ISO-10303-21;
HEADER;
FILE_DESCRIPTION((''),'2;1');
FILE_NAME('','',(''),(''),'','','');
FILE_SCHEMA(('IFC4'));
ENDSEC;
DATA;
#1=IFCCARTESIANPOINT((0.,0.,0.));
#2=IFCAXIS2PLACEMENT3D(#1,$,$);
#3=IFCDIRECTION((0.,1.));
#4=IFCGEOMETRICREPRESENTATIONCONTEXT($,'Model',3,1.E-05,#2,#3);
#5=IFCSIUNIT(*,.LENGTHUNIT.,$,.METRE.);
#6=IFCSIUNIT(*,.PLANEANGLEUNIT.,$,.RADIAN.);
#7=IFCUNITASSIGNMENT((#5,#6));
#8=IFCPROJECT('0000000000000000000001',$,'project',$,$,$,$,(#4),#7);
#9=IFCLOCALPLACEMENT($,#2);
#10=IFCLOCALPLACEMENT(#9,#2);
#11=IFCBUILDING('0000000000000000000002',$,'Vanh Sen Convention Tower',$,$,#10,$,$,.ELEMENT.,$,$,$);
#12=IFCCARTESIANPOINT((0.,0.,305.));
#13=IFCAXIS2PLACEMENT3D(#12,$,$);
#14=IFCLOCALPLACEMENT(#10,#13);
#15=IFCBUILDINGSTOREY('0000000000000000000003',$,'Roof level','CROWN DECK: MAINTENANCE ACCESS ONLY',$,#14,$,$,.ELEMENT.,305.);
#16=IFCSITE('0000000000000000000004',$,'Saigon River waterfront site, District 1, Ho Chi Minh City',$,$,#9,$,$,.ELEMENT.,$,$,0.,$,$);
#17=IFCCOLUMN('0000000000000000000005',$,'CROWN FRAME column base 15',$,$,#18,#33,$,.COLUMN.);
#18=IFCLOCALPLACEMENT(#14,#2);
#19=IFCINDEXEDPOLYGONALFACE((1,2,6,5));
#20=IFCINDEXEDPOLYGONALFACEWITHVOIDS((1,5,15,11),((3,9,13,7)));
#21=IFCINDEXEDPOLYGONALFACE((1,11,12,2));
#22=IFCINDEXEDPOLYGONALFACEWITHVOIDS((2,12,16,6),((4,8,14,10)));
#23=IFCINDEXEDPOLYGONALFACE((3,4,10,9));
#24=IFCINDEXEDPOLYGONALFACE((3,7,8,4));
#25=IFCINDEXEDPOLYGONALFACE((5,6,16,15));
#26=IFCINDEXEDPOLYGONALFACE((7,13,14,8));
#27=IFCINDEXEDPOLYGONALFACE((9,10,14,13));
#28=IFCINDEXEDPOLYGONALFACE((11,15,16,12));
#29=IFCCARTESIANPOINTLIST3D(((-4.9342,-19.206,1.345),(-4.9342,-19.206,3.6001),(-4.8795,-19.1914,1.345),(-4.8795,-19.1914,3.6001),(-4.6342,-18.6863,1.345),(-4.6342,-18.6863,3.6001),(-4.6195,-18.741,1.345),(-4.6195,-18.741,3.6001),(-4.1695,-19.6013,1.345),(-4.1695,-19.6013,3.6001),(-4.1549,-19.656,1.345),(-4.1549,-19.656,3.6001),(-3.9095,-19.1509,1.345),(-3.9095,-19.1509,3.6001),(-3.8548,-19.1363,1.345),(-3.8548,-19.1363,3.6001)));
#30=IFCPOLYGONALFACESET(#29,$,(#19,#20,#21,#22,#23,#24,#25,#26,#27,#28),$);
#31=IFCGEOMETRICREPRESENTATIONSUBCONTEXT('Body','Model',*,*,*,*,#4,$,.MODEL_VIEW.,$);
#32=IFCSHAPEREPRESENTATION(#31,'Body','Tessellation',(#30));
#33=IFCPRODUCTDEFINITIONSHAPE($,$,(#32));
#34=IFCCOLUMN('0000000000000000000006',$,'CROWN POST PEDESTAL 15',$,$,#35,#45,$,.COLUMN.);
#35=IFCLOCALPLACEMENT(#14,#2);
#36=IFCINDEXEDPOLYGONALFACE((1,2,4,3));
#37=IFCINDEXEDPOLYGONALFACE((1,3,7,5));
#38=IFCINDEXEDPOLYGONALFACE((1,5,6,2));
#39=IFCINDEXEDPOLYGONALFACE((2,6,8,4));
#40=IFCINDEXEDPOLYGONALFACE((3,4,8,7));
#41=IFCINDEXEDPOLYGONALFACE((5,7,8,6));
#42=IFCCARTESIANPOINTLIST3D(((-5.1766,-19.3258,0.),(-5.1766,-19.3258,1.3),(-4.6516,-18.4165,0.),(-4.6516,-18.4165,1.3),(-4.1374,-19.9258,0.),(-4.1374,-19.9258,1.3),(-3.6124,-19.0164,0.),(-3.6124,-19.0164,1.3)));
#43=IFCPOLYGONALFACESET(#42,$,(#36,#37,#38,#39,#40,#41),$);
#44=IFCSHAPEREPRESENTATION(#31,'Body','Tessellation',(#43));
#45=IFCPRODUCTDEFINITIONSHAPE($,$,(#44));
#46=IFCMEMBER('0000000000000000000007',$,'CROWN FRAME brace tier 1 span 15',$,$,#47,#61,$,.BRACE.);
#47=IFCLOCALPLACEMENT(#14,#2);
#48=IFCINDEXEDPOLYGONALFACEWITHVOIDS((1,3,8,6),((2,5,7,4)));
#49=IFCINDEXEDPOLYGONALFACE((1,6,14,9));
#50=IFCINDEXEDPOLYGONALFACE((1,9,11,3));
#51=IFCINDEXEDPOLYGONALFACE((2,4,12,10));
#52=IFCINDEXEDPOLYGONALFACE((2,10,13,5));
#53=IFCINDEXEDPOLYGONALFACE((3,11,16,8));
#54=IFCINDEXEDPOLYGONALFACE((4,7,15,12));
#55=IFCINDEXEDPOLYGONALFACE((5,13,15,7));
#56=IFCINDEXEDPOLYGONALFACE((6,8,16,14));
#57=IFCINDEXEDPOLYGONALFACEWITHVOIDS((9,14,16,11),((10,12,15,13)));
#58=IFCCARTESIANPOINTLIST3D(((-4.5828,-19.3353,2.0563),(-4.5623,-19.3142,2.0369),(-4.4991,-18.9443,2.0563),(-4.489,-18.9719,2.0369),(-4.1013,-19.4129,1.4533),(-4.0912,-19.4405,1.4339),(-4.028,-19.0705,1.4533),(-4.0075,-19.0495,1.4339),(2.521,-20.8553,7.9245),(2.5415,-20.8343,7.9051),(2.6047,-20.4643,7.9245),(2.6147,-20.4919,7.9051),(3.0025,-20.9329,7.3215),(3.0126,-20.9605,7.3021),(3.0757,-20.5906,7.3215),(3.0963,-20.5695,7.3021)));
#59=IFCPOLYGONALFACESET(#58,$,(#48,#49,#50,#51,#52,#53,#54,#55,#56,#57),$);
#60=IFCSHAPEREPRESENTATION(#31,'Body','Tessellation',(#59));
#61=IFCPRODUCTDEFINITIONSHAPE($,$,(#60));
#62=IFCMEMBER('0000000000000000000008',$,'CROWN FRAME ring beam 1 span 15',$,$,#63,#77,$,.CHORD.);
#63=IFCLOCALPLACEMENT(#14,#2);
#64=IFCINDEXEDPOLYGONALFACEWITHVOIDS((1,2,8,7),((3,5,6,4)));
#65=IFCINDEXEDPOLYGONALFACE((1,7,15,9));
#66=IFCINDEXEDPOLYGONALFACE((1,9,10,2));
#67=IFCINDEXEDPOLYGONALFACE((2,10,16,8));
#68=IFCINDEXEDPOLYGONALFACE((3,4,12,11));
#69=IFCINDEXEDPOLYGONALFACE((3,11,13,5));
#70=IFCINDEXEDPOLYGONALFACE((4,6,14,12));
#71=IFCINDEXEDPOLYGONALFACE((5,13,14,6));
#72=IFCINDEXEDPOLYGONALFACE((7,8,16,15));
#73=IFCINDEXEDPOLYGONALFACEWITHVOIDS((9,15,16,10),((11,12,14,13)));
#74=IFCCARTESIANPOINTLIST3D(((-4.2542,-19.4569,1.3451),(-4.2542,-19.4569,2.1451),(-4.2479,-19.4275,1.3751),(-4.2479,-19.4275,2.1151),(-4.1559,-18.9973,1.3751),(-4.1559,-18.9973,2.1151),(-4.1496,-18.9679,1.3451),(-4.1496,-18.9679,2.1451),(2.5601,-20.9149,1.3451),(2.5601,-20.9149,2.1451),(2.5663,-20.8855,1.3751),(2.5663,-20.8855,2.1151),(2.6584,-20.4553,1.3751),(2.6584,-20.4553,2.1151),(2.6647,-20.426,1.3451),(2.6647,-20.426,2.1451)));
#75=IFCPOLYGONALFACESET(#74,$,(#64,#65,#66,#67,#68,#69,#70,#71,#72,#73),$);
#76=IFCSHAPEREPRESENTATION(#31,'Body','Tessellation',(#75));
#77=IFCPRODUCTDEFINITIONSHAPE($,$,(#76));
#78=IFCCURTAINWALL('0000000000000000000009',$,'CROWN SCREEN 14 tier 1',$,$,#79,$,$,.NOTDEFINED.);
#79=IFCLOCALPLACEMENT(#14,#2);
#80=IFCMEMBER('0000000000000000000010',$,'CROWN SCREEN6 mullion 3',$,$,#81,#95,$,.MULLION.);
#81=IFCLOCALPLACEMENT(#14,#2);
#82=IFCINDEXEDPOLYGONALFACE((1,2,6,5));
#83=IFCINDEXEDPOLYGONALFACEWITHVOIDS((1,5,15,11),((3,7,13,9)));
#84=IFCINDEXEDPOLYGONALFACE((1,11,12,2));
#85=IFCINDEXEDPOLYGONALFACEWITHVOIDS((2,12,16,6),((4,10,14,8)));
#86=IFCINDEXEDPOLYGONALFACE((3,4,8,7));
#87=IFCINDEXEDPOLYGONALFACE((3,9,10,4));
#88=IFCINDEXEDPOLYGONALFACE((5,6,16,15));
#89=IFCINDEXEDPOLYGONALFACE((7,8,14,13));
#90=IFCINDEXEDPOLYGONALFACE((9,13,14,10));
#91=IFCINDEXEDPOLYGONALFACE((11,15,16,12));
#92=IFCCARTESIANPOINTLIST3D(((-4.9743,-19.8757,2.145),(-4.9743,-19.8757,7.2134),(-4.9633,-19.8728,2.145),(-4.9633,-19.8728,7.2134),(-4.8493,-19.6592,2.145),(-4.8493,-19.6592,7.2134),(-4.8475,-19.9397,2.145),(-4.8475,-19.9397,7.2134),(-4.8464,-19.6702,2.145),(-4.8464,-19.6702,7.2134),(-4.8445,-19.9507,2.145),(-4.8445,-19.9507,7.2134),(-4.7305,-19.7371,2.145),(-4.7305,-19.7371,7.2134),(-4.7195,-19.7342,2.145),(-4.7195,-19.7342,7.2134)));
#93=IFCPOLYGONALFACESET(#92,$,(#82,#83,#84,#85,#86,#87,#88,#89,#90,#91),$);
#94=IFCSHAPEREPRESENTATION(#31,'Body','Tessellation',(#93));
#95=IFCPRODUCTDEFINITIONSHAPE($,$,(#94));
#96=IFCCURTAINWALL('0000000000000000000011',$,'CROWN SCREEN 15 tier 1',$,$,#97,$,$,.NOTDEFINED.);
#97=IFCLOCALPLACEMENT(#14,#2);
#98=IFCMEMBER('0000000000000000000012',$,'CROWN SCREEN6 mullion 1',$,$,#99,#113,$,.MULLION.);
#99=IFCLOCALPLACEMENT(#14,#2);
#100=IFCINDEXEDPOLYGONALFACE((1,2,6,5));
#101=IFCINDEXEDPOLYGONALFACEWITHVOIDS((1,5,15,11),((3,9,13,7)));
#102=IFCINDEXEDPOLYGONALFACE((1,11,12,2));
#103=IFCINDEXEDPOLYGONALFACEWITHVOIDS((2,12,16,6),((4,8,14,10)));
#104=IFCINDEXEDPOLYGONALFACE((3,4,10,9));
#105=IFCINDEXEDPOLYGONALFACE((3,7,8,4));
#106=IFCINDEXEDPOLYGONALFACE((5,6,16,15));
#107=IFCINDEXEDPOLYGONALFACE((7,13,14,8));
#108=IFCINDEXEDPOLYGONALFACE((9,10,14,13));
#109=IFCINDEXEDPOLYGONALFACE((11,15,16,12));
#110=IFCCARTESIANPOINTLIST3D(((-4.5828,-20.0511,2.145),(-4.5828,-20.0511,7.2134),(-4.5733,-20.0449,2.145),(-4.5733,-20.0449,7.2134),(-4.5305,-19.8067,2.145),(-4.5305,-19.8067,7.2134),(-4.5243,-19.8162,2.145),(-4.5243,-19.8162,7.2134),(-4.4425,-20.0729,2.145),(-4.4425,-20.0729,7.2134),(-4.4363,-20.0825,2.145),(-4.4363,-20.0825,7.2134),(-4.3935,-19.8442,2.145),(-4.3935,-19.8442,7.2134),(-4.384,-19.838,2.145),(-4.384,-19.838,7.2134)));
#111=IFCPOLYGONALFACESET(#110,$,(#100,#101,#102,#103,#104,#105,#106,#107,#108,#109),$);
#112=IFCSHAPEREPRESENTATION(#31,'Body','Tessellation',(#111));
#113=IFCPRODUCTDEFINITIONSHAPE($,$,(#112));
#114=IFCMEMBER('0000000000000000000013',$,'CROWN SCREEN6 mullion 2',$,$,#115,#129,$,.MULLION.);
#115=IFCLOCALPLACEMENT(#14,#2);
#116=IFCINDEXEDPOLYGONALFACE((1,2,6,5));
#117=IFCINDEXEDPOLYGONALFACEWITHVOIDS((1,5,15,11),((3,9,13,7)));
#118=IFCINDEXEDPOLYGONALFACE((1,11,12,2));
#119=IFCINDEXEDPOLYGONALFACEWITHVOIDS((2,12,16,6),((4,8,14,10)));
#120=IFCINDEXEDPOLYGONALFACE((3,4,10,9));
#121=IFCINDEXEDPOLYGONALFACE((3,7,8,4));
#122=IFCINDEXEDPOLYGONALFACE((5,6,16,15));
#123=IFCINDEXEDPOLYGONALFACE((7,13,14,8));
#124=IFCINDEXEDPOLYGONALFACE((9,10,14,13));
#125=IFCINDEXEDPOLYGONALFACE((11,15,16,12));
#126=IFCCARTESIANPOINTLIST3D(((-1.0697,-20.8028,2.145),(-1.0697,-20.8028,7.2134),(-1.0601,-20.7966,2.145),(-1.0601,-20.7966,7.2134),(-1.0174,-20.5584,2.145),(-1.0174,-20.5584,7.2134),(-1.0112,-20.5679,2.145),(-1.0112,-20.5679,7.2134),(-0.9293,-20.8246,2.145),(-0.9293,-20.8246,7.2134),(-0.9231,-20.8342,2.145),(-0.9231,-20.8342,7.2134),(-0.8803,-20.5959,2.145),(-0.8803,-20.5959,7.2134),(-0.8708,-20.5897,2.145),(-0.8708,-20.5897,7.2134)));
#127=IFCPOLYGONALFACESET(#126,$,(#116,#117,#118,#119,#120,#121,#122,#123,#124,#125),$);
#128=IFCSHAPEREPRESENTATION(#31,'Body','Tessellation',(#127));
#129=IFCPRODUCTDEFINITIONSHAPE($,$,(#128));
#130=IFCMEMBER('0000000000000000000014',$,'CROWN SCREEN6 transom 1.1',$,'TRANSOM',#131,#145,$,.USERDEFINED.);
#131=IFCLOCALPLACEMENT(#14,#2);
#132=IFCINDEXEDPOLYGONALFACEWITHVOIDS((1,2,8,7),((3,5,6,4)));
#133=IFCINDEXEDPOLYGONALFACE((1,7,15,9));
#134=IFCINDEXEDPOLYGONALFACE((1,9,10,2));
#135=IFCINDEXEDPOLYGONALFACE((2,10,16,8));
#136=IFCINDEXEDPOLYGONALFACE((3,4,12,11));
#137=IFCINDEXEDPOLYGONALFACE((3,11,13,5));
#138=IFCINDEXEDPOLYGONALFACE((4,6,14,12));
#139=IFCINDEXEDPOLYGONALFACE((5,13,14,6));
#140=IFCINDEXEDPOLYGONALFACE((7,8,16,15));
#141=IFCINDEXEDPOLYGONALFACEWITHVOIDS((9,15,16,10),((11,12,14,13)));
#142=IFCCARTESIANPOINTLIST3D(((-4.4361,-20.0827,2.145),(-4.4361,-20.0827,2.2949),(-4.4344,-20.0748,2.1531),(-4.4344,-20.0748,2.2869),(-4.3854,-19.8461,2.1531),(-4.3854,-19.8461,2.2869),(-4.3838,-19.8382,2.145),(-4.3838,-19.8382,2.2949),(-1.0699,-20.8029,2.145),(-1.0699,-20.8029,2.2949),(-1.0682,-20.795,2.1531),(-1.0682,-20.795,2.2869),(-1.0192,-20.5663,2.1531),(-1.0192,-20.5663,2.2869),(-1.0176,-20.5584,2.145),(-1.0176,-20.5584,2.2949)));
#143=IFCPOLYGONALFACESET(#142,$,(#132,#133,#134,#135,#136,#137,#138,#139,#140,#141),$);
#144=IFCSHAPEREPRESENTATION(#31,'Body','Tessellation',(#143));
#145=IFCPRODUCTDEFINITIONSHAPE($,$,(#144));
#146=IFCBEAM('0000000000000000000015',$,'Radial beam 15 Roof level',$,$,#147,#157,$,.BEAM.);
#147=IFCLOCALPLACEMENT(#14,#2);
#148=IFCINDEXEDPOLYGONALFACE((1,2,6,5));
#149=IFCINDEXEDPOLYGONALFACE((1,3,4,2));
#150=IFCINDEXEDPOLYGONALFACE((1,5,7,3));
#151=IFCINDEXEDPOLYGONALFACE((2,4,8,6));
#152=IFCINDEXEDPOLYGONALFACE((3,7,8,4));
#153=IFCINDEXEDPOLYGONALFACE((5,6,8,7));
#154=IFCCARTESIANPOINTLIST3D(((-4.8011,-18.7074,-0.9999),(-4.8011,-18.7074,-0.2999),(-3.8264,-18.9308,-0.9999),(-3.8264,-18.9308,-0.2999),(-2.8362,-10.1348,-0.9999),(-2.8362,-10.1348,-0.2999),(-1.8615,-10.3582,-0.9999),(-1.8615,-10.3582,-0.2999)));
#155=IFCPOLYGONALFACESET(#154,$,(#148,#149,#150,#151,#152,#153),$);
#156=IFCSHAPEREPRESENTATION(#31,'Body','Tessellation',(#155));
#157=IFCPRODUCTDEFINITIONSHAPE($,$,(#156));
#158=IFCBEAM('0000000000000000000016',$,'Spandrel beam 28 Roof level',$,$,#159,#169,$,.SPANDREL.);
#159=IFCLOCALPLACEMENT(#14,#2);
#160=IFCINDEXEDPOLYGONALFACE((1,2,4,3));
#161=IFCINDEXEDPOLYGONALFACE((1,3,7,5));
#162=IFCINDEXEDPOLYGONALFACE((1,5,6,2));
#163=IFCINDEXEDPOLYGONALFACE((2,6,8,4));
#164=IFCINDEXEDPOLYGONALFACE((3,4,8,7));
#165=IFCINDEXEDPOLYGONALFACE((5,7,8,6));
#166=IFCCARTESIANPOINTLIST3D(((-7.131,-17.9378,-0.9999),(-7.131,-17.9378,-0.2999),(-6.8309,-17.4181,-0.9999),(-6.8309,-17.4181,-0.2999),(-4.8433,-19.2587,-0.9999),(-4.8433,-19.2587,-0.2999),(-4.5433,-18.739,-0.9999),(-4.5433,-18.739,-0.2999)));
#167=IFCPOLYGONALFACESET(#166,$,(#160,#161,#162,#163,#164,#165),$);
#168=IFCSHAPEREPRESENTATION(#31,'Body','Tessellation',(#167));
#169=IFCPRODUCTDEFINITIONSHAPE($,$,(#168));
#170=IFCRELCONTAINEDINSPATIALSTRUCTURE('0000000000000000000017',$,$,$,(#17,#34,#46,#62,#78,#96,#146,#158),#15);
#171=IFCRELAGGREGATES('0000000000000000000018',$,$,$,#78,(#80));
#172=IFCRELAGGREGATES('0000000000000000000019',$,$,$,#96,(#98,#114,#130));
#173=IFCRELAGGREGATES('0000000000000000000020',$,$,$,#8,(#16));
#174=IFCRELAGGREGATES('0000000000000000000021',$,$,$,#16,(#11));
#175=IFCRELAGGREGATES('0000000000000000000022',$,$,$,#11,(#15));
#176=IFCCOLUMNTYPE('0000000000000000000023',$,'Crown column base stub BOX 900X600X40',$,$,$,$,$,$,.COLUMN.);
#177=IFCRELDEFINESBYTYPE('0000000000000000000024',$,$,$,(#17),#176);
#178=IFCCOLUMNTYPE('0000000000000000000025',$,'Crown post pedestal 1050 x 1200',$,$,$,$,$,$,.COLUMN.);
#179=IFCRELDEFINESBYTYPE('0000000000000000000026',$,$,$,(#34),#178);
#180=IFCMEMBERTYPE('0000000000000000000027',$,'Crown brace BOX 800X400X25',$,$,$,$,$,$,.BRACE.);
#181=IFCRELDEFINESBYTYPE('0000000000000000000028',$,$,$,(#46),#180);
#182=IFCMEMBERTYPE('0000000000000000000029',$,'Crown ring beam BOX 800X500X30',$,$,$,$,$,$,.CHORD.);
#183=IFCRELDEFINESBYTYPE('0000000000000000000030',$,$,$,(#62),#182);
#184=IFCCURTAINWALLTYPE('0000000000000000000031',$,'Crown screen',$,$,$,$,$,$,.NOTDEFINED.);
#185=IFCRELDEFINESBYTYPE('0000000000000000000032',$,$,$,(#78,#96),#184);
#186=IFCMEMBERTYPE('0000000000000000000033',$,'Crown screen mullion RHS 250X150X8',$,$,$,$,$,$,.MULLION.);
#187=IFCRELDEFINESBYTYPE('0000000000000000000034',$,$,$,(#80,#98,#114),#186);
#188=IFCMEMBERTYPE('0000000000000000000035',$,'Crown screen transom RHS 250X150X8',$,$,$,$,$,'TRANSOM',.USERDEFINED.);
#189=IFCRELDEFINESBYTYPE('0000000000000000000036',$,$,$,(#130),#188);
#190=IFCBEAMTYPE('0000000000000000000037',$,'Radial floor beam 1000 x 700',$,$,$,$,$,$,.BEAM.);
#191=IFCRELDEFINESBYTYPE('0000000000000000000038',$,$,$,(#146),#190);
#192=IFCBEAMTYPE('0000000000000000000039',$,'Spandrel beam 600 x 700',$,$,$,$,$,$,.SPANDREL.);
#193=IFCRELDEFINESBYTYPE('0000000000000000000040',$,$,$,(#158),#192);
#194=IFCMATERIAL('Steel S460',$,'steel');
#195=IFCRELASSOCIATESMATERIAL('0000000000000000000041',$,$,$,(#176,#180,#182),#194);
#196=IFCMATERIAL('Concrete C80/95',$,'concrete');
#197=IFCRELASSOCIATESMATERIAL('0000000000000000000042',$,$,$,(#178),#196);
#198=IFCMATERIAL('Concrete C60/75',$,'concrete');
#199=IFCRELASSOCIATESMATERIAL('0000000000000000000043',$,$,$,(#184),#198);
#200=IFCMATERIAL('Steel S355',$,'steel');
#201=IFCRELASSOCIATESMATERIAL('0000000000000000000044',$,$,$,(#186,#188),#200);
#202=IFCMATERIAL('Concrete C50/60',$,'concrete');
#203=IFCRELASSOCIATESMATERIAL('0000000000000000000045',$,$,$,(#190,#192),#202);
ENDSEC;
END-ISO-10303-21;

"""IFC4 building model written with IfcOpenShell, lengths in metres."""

from ifc_helpers import new_model, si_unit, direction, frame, origin, origin_2d, place, context, subcontext, project, spatial, rectangle, hollow_rectangle, extrude, material, material_profile, profile_set, type_object, element, aggregate, save


model = new_model("IFC4")

# Units and contexts
model_context = context("Model", 3, precision=1e-05, world=origin(), true_north=direction((0.0, 1.0)))
body_context = subcontext(model_context, "Body", "Model", "MODEL_VIEW")
ifc_project = project(units=[si_unit("LENGTHUNIT", "METRE"), si_unit("PLANEANGLEUNIT", "RADIAN")], contexts=[model_context])

# Site, building, storey
site_placement = place(None, origin())
site = spatial("IfcSite", under=ifc_project, at=site_placement, Name="Saigon River waterfront site, District 1, Ho Chi Minh City", CompositionType="ELEMENT", RefElevation=0.0)
building_placement = place(site_placement, origin())
building = spatial("IfcBuilding", under=site, at=building_placement, Name="Vanh Sen Convention Tower", CompositionType="ELEMENT")
storey_placement = place(building_placement, frame((0.0, 0.0, 305.0)))
storey = spatial("IfcBuildingStorey", under=building, at=storey_placement, Name="Roof level", Description="CROWN DECK: MAINTENANCE ACCESS ONLY", CompositionType="ELEMENT", Elevation=305.0)

# Columns
ifc_material_1 = material(Name="Steel S460", Category="steel")
ifc_material_profile_1 = material_profile(ifc_material_1, hollow_rectangle(XDim=0.6001, YDim=0.8999, WallThickness=0.04, at=origin_2d()), Name="BOX 900X600X40")
ifc_profile_set_1 = profile_set([ifc_material_profile_1], Name="Steel S460")
column_type_1 = type_object("IfcColumnType", Name="Crown column base stub BOX 900X600X40", PredefinedType="COLUMN", material=ifc_profile_set_1)
column_1_placement = place(storey_placement, frame((-4.3945, -19.1711, 1.345), z_axis=(0.0, 0.0, 1.0), x_axis=(0.5, 0.866025, 0.0)))
element("IfcColumn", 1, at=column_1_placement, inside=storey, type_object=column_type_1, Name="CROWN FRAME column base 15", PredefinedType="COLUMN", context=body_context, shape_type="SweptSolid", body=[
    extrude(hollow_rectangle(XDim=0.6001, YDim=0.8999, WallThickness=0.04, at=origin_2d()), origin(), (0.0, 0.0, 1.0), 2.2551),
])
ifc_material_2 = material(Name="Concrete C80/95", Category="concrete")
ifc_material_profile_2 = material_profile(ifc_material_2, rectangle(XDim=1.05, YDim=1.2, at=origin_2d()), Name="RC 1050X1200")
ifc_profile_set_2 = profile_set([ifc_material_profile_2], Name="Concrete C80/95")
column_type_2 = type_object("IfcColumnType", Name="Crown post pedestal 1050 x 1200", PredefinedType="COLUMN", material=ifc_profile_set_2)
column_2_placement = place(storey_placement, frame((-4.3945, -19.1711, 0.0), z_axis=(0.0, 0.0, 1.0), x_axis=(0.5, 0.866025, 0.0)))
element("IfcColumn", 2, at=column_2_placement, inside=storey, type_object=column_type_2, Name="CROWN POST PEDESTAL 15", PredefinedType="COLUMN", context=body_context, shape_type="SweptSolid", body=[
    extrude(rectangle(XDim=1.05, YDim=1.2, at=origin_2d()), origin(), (0.0, 0.0, 1.0), 1.3),
])

# Members
ifc_material_profile_3 = material_profile(ifc_material_1, hollow_rectangle(XDim=0.3999, YDim=0.8, WallThickness=0.0249, at=origin_2d()), Name="BOX 800X400X25")
ifc_profile_set_3 = profile_set([ifc_material_profile_3], Name="Steel S460")
member_type_1 = type_object("IfcMemberType", Name="Crown brace BOX 800X400X25", PredefinedType="BRACE", material=ifc_profile_set_3)
member_1_placement = place(storey_placement, frame((-4.2952, -19.1924, 1.7451), z_axis=(0.760689, -0.162768, 0.628378), x_axis=(0.209238, 0.977865, 0.0)))
element("IfcMember", 3, at=member_1_placement, inside=storey, type_object=member_type_1, Name="CROWN FRAME brace tier 1 span 15", PredefinedType="BRACE", context=body_context, shape_type="SweptSolid", body=[
    extrude(hollow_rectangle(XDim=0.3999, YDim=0.8, WallThickness=0.0249, at=origin_2d()), origin(), (0.0, 0.0, 1.0), 9.3386),
])
ifc_material_profile_4 = material_profile(ifc_material_1, hollow_rectangle(XDim=0.5, YDim=0.8, WallThickness=0.03, at=origin_2d()), Name="BOX 800X500X30")
ifc_profile_set_4 = profile_set([ifc_material_profile_4], Name="Steel S460")
member_type_2 = type_object("IfcMemberType", Name="Crown ring beam BOX 800X500X30", PredefinedType="CHORD", material=ifc_profile_set_4)
member_2_placement = place(storey_placement, frame((-4.2019, -19.2124, 1.7451), z_axis=(0.977866, -0.20923, 0.0), x_axis=(0.20923, 0.977866, 0.0)))
element("IfcMember", 4, at=member_2_placement, inside=storey, type_object=member_type_2, Name="CROWN FRAME ring beam 1 span 15", PredefinedType="CHORD", context=body_context, shape_type="SweptSolid", body=[
    extrude(hollow_rectangle(XDim=0.5, YDim=0.8, WallThickness=0.03, at=origin_2d()), origin(), (0.0, 0.0, 1.0), 6.9685),
])

# Curtain wall, member
ifc_material_3 = material(Name="Concrete C60/75", Category="concrete")
curtain_wall_type = type_object("IfcCurtainWallType", Name="Crown screen", PredefinedType="NOTDEFINED", material=ifc_material_3)
curtain_wall_1_placement = place(storey_placement, origin())
curtain_wall_1 = element("IfcCurtainWall", 5, at=curtain_wall_1_placement, inside=storey, type_object=curtain_wall_type, Name="CROWN SCREEN 14 tier 1", PredefinedType="NOTDEFINED")
ifc_material_4 = material(Name="Steel S355", Category="steel")
ifc_material_profile_5 = material_profile(ifc_material_4, hollow_rectangle(XDim=0.25, YDim=0.1499, WallThickness=0.0081, at=origin_2d()), Name="RHS 250X150X8")
ifc_profile_set_5 = profile_set([ifc_material_profile_5], Name="Steel S355")
member_type_3 = type_object("IfcMemberType", Name="Crown screen mullion RHS 250X150X8", PredefinedType="MULLION", material=ifc_profile_set_5)
member_3_placement = place(storey_placement, frame((-4.8469, -19.8049, 2.145), z_axis=(0.0, 0.0, 1.0), x_axis=(0.499994, 0.866029, 0.0)))
member_3 = element("IfcMember", 6, at=member_3_placement, type_object=member_type_3, Name="CROWN SCREEN6 mullion 3", PredefinedType="MULLION", context=body_context, shape_type="SweptSolid", body=[
    extrude(hollow_rectangle(XDim=0.25, YDim=0.1499, WallThickness=0.0081, at=origin_2d()), origin(), (0.0, 0.0, 1.0), 5.0684),
])
aggregate(curtain_wall_1, [member_3])

# Curtain wall, members
curtain_wall_2_placement = place(storey_placement, origin())
curtain_wall_2 = element("IfcCurtainWall", 7, at=curtain_wall_2_placement, inside=storey, type_object=curtain_wall_type, Name="CROWN SCREEN 15 tier 1", PredefinedType="NOTDEFINED")
member_4_placement = place(storey_placement, frame((-4.4834, -19.9446, 2.145), z_axis=(0.0, 0.0, 1.0), x_axis=(0.209236, 0.977865, 0.0)))
member_4 = element("IfcMember", 8, at=member_4_placement, type_object=member_type_3, Name="CROWN SCREEN6 mullion 1", PredefinedType="MULLION", context=body_context, shape_type="SweptSolid", body=[
    extrude(hollow_rectangle(XDim=0.25, YDim=0.1499, WallThickness=0.0081, at=origin_2d()), origin(), (0.0, 0.0, 1.0), 5.0684),
])
member_5_placement = place(storey_placement, frame((-0.9702, -20.6963, 2.145), z_axis=(0.0, 0.0, 1.0), x_axis=(0.209236, 0.977865, 0.0)))
member_5 = element("IfcMember", 9, at=member_5_placement, type_object=member_type_3, Name="CROWN SCREEN6 mullion 2", PredefinedType="MULLION", context=body_context, shape_type="SweptSolid", body=[
    extrude(hollow_rectangle(XDim=0.25, YDim=0.1499, WallThickness=0.0081, at=origin_2d()), origin(), (0.0, 0.0, 1.0), 5.0684),
])
ifc_material_profile_6 = material_profile(ifc_material_4, hollow_rectangle(XDim=0.25, YDim=0.1499, WallThickness=0.0081, at=origin_2d()), Name="RHS 250X150X8")
ifc_profile_set_6 = profile_set([ifc_material_profile_6], Name="Steel S355")
member_type_4 = type_object("IfcMemberType", Name="Crown screen transom RHS 250X150X8", ElementType="TRANSOM", PredefinedType="USERDEFINED", material=ifc_profile_set_6)
member_6_placement = place(storey_placement, frame((-4.4099, -19.9604, 2.22), z_axis=(0.977869, -0.209219, 0.0), x_axis=(0.209219, 0.977869, 0.0)))
member_6 = element("IfcMember", 10, at=member_6_placement, type_object=member_type_4, Name="CROWN SCREEN6 transom 1.1", ObjectType="TRANSOM", PredefinedType="USERDEFINED", context=body_context, shape_type="SweptSolid", body=[
    extrude(hollow_rectangle(XDim=0.25, YDim=0.1499, WallThickness=0.0081, at=origin_2d()), origin(), (0.0, 0.0, 1.0), 3.4424),
])
aggregate(curtain_wall_2, [member_4, member_5, member_6])

# Beams
ifc_material_5 = material(Name="Concrete C50/60", Category="concrete")
ifc_material_profile_7 = material_profile(ifc_material_5, rectangle(XDim=1.0, YDim=0.7, at=origin_2d()), Name="RC 1000X700")
ifc_profile_set_7 = profile_set([ifc_material_profile_7], Name="Concrete C50/60")
beam_type_1 = type_object("IfcBeamType", Name="Radial floor beam 1000 x 700", PredefinedType="BEAM", material=ifc_profile_set_7)
beam_1_placement = place(storey_placement, frame((-4.3137, -18.8191, -0.6499), z_axis=(0.22341, 0.974725, 0.0), x_axis=(-0.974725, 0.22341, 0.0)))
element("IfcBeam", 11, at=beam_1_placement, inside=storey, type_object=beam_type_1, Name="Radial beam 15 Roof level", PredefinedType="BEAM", context=body_context, shape_type="SweptSolid", body=[
    extrude(rectangle(XDim=1.0, YDim=0.7, at=origin_2d()), origin(), (0.0, 0.0, 1.0), 8.7949),
])
ifc_material_profile_8 = material_profile(ifc_material_5, rectangle(XDim=0.6001, YDim=0.7, at=origin_2d()), Name="RC 600X700")
ifc_profile_set_8 = profile_set([ifc_material_profile_8], Name="Concrete C50/60")
beam_type_2 = type_object("IfcBeamType", Name="Spandrel beam 600 x 700", PredefinedType="SPANDREL", material=ifc_profile_set_8)
beam_2_placement = place(storey_placement, frame((-6.981, -17.678, -0.6499), z_axis=(0.866016, -0.500016, 0.0), x_axis=(0.500016, 0.866016, 0.0)))
element("IfcBeam", 12, at=beam_2_placement, inside=storey, type_object=beam_type_2, Name="Spandrel beam 28 Roof level", PredefinedType="SPANDREL", context=body_context, shape_type="SweptSolid", body=[
    extrude(rectangle(XDim=0.6001, YDim=0.7, at=origin_2d()), origin(), (0.0, 0.0, 1.0), 2.6416),
])

save(model, "model.ifc")
